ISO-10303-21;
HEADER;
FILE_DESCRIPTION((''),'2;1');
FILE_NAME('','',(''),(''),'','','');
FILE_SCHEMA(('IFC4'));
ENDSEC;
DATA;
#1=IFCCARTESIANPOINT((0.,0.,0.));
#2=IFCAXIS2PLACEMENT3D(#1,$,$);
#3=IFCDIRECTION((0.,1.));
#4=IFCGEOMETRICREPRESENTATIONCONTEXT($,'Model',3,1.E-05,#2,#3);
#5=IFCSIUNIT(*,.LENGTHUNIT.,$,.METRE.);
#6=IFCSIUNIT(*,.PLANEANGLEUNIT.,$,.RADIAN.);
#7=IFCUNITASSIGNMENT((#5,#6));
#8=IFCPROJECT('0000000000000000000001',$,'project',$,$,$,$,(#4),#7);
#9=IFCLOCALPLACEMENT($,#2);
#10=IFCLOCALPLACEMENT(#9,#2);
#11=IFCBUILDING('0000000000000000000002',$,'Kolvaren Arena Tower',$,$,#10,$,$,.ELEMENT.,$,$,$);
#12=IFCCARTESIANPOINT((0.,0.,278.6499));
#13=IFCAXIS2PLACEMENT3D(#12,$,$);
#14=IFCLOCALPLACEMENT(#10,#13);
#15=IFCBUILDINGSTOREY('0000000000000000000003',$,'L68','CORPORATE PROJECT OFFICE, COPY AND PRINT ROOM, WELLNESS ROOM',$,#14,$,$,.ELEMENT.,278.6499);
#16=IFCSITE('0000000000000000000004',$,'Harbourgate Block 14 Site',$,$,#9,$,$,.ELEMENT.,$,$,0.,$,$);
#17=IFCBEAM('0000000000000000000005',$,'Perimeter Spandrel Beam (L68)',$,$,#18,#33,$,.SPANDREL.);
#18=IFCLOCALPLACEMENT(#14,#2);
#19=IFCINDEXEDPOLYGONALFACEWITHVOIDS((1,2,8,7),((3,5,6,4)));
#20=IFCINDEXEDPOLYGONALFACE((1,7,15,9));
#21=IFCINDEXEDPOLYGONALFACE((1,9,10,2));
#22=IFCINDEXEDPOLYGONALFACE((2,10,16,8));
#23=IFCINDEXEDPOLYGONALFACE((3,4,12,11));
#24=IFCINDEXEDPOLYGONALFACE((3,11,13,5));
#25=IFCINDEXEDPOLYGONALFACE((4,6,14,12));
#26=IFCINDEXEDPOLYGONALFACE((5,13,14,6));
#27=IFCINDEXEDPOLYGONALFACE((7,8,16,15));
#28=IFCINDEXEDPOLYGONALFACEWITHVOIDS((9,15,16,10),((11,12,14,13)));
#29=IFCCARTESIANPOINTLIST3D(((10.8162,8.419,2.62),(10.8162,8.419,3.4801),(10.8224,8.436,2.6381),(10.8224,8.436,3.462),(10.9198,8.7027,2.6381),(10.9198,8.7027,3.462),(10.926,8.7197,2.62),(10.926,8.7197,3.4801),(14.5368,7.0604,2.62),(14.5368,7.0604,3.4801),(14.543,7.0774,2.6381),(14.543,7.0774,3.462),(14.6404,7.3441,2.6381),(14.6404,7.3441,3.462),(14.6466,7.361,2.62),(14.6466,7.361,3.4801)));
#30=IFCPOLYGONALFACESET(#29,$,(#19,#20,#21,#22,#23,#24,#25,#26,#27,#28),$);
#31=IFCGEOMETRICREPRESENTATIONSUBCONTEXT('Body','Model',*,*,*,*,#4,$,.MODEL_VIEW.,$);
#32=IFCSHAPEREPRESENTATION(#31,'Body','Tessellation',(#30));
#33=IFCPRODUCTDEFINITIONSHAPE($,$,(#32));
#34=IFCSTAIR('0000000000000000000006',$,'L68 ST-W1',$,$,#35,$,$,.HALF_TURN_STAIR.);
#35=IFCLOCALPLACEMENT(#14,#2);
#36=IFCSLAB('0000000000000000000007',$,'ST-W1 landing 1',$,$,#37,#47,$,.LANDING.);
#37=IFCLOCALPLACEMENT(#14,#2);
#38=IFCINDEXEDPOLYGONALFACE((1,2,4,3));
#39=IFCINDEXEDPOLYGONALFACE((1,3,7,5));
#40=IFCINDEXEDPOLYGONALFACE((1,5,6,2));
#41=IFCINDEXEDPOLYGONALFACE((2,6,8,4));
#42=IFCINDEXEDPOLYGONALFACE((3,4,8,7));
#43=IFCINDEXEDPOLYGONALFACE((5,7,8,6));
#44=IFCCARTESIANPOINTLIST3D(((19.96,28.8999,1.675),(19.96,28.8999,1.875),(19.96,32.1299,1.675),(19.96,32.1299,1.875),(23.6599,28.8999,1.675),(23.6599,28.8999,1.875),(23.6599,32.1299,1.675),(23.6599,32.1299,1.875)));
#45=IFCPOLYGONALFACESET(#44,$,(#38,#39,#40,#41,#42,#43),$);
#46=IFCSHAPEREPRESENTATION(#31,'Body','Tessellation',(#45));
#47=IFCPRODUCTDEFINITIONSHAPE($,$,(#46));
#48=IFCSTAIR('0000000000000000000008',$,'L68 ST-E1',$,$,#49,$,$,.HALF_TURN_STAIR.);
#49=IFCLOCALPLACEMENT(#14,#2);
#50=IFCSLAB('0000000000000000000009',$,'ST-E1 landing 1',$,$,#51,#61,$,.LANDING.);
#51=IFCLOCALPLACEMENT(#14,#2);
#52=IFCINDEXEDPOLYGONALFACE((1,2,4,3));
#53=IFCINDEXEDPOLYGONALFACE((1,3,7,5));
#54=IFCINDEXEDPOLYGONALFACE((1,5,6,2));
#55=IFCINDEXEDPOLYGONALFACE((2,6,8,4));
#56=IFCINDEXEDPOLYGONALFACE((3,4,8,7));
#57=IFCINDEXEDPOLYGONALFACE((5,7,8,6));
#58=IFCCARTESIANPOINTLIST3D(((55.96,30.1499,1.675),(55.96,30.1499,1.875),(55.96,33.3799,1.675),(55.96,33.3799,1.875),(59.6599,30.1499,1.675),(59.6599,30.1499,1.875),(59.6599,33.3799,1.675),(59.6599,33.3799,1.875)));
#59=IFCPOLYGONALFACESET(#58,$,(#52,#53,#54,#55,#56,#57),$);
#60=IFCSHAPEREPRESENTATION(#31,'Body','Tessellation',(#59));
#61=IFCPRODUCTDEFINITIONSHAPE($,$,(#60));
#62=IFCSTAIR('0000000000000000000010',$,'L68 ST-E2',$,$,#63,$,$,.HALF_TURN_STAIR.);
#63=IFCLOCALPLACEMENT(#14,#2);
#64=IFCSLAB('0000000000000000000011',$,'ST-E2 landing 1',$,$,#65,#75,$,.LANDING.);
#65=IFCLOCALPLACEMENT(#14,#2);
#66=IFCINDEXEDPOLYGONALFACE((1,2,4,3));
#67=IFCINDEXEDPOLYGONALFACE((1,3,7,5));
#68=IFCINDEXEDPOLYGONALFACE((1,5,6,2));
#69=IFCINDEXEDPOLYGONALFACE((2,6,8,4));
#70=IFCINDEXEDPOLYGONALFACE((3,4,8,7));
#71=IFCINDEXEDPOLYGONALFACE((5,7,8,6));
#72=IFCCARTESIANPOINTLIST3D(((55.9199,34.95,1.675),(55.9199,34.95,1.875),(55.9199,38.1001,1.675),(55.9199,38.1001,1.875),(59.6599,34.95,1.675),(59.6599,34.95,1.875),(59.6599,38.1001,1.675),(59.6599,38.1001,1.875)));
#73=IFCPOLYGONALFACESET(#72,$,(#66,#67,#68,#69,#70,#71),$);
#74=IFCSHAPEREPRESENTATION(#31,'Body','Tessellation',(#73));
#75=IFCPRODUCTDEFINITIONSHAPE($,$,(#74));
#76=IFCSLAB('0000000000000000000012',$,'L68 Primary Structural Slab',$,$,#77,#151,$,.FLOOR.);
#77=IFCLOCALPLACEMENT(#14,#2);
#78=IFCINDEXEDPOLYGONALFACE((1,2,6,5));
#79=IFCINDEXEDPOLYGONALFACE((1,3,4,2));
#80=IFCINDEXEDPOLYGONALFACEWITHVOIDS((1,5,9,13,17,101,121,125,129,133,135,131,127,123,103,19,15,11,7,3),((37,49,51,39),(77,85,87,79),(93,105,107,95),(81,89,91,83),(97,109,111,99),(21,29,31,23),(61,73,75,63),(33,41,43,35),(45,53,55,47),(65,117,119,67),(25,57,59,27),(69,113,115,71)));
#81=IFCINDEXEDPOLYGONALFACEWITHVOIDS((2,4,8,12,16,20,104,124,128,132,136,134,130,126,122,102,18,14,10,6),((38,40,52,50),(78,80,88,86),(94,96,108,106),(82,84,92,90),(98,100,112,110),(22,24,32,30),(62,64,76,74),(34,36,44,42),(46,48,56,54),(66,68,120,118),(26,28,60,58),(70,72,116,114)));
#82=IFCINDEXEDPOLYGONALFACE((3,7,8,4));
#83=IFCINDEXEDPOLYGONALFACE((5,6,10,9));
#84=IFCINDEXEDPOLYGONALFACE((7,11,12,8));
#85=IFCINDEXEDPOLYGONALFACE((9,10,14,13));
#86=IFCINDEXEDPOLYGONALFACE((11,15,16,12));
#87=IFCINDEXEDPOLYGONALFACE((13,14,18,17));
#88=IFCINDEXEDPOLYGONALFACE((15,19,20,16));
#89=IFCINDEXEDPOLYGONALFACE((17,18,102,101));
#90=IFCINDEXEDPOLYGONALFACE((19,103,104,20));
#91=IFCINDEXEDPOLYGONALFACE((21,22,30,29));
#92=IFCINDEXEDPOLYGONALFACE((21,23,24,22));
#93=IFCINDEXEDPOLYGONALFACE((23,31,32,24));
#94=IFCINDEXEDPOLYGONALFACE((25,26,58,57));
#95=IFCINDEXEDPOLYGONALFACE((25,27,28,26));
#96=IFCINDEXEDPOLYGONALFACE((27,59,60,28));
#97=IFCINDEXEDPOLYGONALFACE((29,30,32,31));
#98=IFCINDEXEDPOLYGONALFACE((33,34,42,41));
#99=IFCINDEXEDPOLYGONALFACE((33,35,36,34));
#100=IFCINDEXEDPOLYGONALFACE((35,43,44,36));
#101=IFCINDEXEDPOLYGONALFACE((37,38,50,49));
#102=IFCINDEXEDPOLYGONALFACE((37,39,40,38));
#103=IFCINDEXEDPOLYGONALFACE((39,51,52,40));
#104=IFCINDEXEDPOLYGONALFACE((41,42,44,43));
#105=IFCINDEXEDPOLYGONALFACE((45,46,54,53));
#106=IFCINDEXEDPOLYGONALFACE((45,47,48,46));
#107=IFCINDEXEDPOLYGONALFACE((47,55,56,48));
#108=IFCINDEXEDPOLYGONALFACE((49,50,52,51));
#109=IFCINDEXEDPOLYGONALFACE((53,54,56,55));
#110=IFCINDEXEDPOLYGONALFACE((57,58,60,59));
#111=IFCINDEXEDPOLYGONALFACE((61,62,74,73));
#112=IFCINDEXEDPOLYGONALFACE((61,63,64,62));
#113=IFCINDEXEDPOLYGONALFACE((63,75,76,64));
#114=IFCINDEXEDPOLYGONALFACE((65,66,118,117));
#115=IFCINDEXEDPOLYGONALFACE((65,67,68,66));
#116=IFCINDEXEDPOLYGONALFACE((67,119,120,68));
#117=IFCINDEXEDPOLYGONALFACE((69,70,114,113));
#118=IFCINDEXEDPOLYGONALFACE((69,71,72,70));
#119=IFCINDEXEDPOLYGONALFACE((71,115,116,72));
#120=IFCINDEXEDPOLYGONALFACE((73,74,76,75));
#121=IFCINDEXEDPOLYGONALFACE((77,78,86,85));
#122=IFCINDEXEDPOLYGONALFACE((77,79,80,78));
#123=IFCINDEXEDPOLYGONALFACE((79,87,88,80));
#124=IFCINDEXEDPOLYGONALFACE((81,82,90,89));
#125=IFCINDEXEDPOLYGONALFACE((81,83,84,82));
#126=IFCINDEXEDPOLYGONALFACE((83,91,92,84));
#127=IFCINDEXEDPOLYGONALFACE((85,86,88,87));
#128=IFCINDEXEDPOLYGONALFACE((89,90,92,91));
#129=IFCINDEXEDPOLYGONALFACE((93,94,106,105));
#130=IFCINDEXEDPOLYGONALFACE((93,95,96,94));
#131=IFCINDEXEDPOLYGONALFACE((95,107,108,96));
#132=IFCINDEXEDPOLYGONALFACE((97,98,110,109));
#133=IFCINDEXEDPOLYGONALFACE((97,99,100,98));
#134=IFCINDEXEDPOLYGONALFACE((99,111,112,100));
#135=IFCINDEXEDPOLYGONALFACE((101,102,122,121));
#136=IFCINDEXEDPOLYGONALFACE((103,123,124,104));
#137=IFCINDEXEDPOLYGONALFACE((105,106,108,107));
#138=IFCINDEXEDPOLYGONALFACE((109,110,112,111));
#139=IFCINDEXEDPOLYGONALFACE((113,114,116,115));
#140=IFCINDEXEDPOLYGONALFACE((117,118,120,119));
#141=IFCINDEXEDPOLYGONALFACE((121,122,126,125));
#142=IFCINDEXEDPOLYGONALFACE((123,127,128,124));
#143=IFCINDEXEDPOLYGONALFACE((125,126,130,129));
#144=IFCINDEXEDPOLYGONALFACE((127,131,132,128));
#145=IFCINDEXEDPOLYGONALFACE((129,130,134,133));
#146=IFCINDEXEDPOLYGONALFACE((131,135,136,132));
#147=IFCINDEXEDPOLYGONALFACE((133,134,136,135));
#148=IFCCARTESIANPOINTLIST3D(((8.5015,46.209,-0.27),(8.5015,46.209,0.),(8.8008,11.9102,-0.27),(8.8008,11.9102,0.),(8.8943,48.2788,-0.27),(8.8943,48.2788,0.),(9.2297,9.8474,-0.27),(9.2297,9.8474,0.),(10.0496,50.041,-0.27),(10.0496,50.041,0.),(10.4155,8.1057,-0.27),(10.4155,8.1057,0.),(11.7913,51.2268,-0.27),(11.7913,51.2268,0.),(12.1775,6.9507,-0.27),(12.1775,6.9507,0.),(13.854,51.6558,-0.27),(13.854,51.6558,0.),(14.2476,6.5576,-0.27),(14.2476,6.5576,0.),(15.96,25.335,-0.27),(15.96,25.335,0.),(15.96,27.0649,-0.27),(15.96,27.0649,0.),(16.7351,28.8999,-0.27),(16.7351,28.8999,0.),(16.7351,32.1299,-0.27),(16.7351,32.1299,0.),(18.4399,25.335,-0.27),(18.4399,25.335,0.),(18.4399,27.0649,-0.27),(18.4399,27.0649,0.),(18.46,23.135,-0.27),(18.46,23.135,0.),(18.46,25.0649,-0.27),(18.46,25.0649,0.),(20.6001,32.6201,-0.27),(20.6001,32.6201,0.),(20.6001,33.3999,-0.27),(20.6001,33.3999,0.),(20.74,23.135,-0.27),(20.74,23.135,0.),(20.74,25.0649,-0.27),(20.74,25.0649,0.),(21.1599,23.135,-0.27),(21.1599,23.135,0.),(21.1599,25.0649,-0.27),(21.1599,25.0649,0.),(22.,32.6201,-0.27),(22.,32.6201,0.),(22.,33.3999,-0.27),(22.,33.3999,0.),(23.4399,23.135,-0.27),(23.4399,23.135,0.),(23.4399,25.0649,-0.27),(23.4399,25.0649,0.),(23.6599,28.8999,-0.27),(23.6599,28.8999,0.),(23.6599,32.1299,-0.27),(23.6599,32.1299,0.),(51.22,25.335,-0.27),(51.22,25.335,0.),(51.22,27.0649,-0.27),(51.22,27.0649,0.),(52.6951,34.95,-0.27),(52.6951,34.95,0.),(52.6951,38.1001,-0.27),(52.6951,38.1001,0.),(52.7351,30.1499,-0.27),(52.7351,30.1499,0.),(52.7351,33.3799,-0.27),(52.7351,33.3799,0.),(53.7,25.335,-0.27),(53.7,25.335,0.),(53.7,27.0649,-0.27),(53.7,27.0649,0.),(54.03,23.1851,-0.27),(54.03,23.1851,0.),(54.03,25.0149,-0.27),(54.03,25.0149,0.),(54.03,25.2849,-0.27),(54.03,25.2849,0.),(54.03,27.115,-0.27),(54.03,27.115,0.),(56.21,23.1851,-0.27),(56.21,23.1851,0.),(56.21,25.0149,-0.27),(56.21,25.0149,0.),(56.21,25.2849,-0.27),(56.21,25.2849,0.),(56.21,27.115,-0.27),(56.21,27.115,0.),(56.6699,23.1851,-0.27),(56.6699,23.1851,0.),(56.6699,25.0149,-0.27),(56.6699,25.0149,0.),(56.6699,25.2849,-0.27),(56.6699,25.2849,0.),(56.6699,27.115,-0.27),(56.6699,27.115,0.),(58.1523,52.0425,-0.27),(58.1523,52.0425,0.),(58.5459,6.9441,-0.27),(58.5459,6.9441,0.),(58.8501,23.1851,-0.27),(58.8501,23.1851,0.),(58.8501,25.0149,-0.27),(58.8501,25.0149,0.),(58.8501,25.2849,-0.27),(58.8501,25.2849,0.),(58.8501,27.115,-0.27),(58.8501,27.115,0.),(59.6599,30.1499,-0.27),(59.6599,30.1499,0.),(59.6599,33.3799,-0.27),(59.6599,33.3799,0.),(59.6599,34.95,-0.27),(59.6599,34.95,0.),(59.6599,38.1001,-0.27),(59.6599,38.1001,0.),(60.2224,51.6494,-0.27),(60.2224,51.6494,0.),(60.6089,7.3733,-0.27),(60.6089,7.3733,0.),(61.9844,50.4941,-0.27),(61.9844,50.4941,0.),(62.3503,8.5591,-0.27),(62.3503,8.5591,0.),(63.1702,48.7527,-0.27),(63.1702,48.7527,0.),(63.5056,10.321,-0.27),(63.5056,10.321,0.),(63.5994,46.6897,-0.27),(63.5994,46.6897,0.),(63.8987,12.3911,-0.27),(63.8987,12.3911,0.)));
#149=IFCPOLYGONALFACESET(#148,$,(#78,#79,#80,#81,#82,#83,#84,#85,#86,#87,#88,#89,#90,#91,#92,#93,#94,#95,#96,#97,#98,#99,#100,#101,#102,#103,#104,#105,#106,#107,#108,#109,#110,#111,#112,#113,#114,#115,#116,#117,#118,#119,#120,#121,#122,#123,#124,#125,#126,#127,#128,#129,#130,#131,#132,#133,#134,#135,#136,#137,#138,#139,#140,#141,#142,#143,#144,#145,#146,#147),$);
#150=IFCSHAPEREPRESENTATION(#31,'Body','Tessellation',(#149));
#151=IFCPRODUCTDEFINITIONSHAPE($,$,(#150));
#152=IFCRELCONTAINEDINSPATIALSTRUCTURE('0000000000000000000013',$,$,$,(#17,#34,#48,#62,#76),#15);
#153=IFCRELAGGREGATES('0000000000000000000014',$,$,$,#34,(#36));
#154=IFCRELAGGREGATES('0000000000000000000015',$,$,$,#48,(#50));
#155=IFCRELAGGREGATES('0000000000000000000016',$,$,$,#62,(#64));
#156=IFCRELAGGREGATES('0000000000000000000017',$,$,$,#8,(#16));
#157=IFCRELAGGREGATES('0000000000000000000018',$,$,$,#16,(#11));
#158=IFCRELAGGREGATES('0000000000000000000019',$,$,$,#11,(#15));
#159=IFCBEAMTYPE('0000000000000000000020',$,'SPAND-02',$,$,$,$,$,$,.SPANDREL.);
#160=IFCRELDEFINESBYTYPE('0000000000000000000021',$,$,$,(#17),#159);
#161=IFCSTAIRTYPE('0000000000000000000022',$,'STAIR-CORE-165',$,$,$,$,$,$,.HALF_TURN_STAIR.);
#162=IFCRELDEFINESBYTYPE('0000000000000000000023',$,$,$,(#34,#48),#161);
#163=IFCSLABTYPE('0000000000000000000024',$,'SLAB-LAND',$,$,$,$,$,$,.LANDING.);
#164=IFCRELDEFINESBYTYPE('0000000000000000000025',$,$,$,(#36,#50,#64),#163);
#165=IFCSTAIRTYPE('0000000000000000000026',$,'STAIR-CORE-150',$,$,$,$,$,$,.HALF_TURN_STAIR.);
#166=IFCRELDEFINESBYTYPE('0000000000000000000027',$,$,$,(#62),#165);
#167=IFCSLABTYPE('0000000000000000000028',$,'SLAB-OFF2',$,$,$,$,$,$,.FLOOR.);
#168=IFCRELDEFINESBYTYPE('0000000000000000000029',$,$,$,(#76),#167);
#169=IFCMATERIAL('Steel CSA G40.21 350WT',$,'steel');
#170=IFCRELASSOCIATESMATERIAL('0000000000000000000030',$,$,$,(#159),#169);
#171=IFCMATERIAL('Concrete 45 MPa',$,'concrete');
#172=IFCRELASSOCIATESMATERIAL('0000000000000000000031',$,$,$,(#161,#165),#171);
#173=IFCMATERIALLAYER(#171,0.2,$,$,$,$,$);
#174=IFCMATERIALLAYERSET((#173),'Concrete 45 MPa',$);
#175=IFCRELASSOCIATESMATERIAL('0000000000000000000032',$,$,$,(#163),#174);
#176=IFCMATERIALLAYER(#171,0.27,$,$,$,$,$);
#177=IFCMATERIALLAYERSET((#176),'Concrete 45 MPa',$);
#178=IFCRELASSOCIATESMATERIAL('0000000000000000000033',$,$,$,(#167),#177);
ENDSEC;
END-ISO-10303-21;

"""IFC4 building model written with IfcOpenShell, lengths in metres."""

from ifc_helpers import new_model, si_unit, direction, frame, origin, origin_2d, place, context, subcontext, project, spatial, polyline, hollow_rectangle, outline, extrude, material, layer, layer_set, material_profile, profile_set, type_object, element, aggregate, save


model = new_model("IFC4")

# Units and contexts
model_context = context("Model", 3, precision=1e-05, world=origin(), true_north=direction((0.0, 1.0)))
body_context = subcontext(model_context, "Body", "Model", "MODEL_VIEW")
ifc_project = project(units=[si_unit("LENGTHUNIT", "METRE"), si_unit("PLANEANGLEUNIT", "RADIAN")], contexts=[model_context])

# Site, building, storey
site_placement = place(None, origin())
site = spatial("IfcSite", under=ifc_project, at=site_placement, Name="Harbourgate Block 14 Site", CompositionType="ELEMENT", RefElevation=0.0)
building_placement = place(site_placement, origin())
building = spatial("IfcBuilding", under=site, at=building_placement, Name="Kolvaren Arena Tower", CompositionType="ELEMENT")
storey_placement = place(building_placement, frame((0.0, 0.0, 278.6499)))
storey = spatial("IfcBuildingStorey", under=building, at=storey_placement, Name="L68", Description="CORPORATE PROJECT OFFICE, COPY AND PRINT ROOM, WELLNESS ROOM", CompositionType="ELEMENT", Elevation=278.6499)

# Beam
ifc_material_1 = material(Name="Steel CSA G40.21 350WT", Category="steel")
ifc_material_profile_1 = material_profile(ifc_material_1, hollow_rectangle(XDim=0.3201, YDim=0.8601, WallThickness=0.0181, at=origin_2d()), Name="HSS 860x320x18")
ifc_profile_set_1 = profile_set([ifc_material_profile_1], Name="Steel CSA G40.21 350WT")
beam_type_1 = type_object("IfcBeamType", Name="SPAND-02", PredefinedType="SPANDREL", material=ifc_profile_set_1)
beam_1_placement = place(storey_placement, frame((10.8711, 8.5693, 3.05), z_axis=(0.939334, -0.343005, 0.0), x_axis=(0.343005, 0.939334, 0.0)))
element("IfcBeam", 1, at=beam_1_placement, inside=storey, type_object=beam_type_1, Name="Perimeter Spandrel Beam (L68)", PredefinedType="SPANDREL", context=body_context, shape_type="SweptSolid", body=[
    extrude(hollow_rectangle(XDim=0.3201, YDim=0.8601, WallThickness=0.0181, at=origin_2d()), origin(), (0.0, 0.0, 1.0), 3.9609),
])

# Stairs, slabs
ifc_material_2 = material(Name="Concrete 45 MPa", Category="concrete")
stair_type_1 = type_object("IfcStairType", Name="STAIR-CORE-165", PredefinedType="HALF_TURN_STAIR", material=ifc_material_2)
stair_1_placement = place(storey_placement, origin())
stair_1 = element("IfcStair", 2, at=stair_1_placement, inside=storey, type_object=stair_type_1, Name="L68 ST-W1", PredefinedType="HALF_TURN_STAIR")
ifc_layer_1 = layer(ifc_material_2, 0.2)
ifc_layer_set_1 = layer_set([ifc_layer_1], Name="Concrete 45 MPa")
slab_type_1 = type_object("IfcSlabType", Name="SLAB-LAND", PredefinedType="LANDING", material=ifc_layer_set_1)
slab_1_placement = place(storey_placement, frame((0.0, 0.0, 1.675)))
slab_1 = element("IfcSlab", 3, at=slab_1_placement, type_object=slab_type_1, Name="ST-W1 landing 1", PredefinedType="LANDING", context=body_context, shape_type="SweptSolid", body=[
    extrude(outline(polyline([(19.96, 28.8999), (23.6599, 28.8999), (23.6599, 32.1299), (19.96, 32.1299), (19.96, 28.8999)])), origin(), (0.0, 0.0, 1.0), 0.2),
])
aggregate(stair_1, [slab_1])
stair_2_placement = place(storey_placement, origin())
stair_2 = element("IfcStair", 4, at=stair_2_placement, inside=storey, type_object=stair_type_1, Name="L68 ST-E1", PredefinedType="HALF_TURN_STAIR")
slab_2_placement = place(storey_placement, frame((0.0, 0.0, 1.675)))
slab_2 = element("IfcSlab", 5, at=slab_2_placement, type_object=slab_type_1, Name="ST-E1 landing 1", PredefinedType="LANDING", context=body_context, shape_type="SweptSolid", body=[
    extrude(outline(polyline([(55.96, 30.1499), (59.6599, 30.1499), (59.6599, 33.3799), (55.96, 33.3799), (55.96, 30.1499)])), origin(), (0.0, 0.0, 1.0), 0.2),
])
aggregate(stair_2, [slab_2])
stair_type_2 = type_object("IfcStairType", Name="STAIR-CORE-150", PredefinedType="HALF_TURN_STAIR", material=ifc_material_2)
stair_3_placement = place(storey_placement, origin())
stair_3 = element("IfcStair", 6, at=stair_3_placement, inside=storey, type_object=stair_type_2, Name="L68 ST-E2", PredefinedType="HALF_TURN_STAIR")
slab_3_placement = place(storey_placement, frame((0.0, 0.0, 1.675)))
slab_3 = element("IfcSlab", 7, at=slab_3_placement, type_object=slab_type_1, Name="ST-E2 landing 1", PredefinedType="LANDING", context=body_context, shape_type="SweptSolid", body=[
    extrude(outline(polyline([(55.9199, 34.95), (59.6599, 34.95), (59.6599, 38.1001), (55.9199, 38.1001), (55.9199, 34.95)])), origin(), (0.0, 0.0, 1.0), 0.2),
])
aggregate(stair_3, [slab_3])

# Slab
ifc_layer_2 = layer(ifc_material_2, 0.27)
ifc_layer_set_2 = layer_set([ifc_layer_2], Name="Concrete 45 MPa")
slab_type_2 = type_object("IfcSlabType", Name="SLAB-OFF2", PredefinedType="FLOOR", material=ifc_layer_set_2)
slab_4_placement = place(storey_placement, frame((0.0, 0.0, -0.27)))
element("IfcSlab", 8, at=slab_4_placement, inside=storey, type_object=slab_type_2, Name="L68 Primary Structural Slab", PredefinedType="FLOOR", context=body_context, shape_type="SweptSolid", body=[
    extrude(outline(polyline([(58.5459, 6.9441), (60.6089, 7.3733), (62.3503, 8.5591), (63.5056, 10.321), (63.8987, 12.3911), (63.5994, 46.6897), (63.1702, 48.7527), (61.9844, 50.4941), (60.2224, 51.6494), (58.1523, 52.0425), (13.854, 51.6558), (11.7913, 51.2268), (10.0496, 50.041), (8.8943, 48.2788), (8.5015, 46.209), (8.8008, 11.9102), (9.2297, 9.8474), (10.4155, 8.1057), (12.1775, 6.9507), (14.2476, 6.5576), (58.5459, 6.9441)]), holes=[polyline([(20.74, 23.135), (18.46, 23.135), (18.46, 25.0649), (20.74, 25.0649), (20.74, 23.135)]), polyline([(21.1599, 23.135), (21.1599, 25.0649), (23.4399, 25.0649), (23.4399, 23.135), (21.1599, 23.135)]), polyline([(56.21, 23.1851), (54.03, 23.1851), (54.03, 25.0149), (56.21, 25.0149), (56.21, 23.1851)]), polyline([(56.6699, 23.1851), (56.6699, 25.0149), (58.8501, 25.0149), (58.8501, 23.1851), (56.6699, 23.1851)]), polyline([(54.03, 25.2849), (54.03, 27.115), (56.21, 27.115), (56.21, 25.2849), (54.03, 25.2849)]), polyline([(58.8501, 25.2849), (56.6699, 25.2849), (56.6699, 27.115), (58.8501, 27.115), (58.8501, 25.2849)]), polyline([(15.96, 25.335), (15.96, 27.0649), (18.4399, 27.0649), (18.4399, 25.335), (15.96, 25.335)]), polyline([(53.7, 25.335), (51.22, 25.335), (51.22, 27.0649), (53.7, 27.0649), (53.7, 25.335)]), polyline([(16.7351, 28.8999), (16.7351, 32.1299), (23.6599, 32.1299), (23.6599, 28.8999), (16.7351, 28.8999)]), polyline([(52.7351, 30.1499), (52.7351, 33.3799), (59.6599, 33.3799), (59.6599, 30.1499), (52.7351, 30.1499)]), polyline([(20.6001, 32.6201), (20.6001, 33.3999), (22.0, 33.3999), (22.0, 32.6201), (20.6001, 32.6201)]), polyline([(52.6951, 34.95), (52.6951, 38.1001), (59.6599, 38.1001), (59.6599, 34.95), (52.6951, 34.95)])]), origin(), (0.0, 0.0, 1.0), 0.27),
])

save(model, "model.ifc")
